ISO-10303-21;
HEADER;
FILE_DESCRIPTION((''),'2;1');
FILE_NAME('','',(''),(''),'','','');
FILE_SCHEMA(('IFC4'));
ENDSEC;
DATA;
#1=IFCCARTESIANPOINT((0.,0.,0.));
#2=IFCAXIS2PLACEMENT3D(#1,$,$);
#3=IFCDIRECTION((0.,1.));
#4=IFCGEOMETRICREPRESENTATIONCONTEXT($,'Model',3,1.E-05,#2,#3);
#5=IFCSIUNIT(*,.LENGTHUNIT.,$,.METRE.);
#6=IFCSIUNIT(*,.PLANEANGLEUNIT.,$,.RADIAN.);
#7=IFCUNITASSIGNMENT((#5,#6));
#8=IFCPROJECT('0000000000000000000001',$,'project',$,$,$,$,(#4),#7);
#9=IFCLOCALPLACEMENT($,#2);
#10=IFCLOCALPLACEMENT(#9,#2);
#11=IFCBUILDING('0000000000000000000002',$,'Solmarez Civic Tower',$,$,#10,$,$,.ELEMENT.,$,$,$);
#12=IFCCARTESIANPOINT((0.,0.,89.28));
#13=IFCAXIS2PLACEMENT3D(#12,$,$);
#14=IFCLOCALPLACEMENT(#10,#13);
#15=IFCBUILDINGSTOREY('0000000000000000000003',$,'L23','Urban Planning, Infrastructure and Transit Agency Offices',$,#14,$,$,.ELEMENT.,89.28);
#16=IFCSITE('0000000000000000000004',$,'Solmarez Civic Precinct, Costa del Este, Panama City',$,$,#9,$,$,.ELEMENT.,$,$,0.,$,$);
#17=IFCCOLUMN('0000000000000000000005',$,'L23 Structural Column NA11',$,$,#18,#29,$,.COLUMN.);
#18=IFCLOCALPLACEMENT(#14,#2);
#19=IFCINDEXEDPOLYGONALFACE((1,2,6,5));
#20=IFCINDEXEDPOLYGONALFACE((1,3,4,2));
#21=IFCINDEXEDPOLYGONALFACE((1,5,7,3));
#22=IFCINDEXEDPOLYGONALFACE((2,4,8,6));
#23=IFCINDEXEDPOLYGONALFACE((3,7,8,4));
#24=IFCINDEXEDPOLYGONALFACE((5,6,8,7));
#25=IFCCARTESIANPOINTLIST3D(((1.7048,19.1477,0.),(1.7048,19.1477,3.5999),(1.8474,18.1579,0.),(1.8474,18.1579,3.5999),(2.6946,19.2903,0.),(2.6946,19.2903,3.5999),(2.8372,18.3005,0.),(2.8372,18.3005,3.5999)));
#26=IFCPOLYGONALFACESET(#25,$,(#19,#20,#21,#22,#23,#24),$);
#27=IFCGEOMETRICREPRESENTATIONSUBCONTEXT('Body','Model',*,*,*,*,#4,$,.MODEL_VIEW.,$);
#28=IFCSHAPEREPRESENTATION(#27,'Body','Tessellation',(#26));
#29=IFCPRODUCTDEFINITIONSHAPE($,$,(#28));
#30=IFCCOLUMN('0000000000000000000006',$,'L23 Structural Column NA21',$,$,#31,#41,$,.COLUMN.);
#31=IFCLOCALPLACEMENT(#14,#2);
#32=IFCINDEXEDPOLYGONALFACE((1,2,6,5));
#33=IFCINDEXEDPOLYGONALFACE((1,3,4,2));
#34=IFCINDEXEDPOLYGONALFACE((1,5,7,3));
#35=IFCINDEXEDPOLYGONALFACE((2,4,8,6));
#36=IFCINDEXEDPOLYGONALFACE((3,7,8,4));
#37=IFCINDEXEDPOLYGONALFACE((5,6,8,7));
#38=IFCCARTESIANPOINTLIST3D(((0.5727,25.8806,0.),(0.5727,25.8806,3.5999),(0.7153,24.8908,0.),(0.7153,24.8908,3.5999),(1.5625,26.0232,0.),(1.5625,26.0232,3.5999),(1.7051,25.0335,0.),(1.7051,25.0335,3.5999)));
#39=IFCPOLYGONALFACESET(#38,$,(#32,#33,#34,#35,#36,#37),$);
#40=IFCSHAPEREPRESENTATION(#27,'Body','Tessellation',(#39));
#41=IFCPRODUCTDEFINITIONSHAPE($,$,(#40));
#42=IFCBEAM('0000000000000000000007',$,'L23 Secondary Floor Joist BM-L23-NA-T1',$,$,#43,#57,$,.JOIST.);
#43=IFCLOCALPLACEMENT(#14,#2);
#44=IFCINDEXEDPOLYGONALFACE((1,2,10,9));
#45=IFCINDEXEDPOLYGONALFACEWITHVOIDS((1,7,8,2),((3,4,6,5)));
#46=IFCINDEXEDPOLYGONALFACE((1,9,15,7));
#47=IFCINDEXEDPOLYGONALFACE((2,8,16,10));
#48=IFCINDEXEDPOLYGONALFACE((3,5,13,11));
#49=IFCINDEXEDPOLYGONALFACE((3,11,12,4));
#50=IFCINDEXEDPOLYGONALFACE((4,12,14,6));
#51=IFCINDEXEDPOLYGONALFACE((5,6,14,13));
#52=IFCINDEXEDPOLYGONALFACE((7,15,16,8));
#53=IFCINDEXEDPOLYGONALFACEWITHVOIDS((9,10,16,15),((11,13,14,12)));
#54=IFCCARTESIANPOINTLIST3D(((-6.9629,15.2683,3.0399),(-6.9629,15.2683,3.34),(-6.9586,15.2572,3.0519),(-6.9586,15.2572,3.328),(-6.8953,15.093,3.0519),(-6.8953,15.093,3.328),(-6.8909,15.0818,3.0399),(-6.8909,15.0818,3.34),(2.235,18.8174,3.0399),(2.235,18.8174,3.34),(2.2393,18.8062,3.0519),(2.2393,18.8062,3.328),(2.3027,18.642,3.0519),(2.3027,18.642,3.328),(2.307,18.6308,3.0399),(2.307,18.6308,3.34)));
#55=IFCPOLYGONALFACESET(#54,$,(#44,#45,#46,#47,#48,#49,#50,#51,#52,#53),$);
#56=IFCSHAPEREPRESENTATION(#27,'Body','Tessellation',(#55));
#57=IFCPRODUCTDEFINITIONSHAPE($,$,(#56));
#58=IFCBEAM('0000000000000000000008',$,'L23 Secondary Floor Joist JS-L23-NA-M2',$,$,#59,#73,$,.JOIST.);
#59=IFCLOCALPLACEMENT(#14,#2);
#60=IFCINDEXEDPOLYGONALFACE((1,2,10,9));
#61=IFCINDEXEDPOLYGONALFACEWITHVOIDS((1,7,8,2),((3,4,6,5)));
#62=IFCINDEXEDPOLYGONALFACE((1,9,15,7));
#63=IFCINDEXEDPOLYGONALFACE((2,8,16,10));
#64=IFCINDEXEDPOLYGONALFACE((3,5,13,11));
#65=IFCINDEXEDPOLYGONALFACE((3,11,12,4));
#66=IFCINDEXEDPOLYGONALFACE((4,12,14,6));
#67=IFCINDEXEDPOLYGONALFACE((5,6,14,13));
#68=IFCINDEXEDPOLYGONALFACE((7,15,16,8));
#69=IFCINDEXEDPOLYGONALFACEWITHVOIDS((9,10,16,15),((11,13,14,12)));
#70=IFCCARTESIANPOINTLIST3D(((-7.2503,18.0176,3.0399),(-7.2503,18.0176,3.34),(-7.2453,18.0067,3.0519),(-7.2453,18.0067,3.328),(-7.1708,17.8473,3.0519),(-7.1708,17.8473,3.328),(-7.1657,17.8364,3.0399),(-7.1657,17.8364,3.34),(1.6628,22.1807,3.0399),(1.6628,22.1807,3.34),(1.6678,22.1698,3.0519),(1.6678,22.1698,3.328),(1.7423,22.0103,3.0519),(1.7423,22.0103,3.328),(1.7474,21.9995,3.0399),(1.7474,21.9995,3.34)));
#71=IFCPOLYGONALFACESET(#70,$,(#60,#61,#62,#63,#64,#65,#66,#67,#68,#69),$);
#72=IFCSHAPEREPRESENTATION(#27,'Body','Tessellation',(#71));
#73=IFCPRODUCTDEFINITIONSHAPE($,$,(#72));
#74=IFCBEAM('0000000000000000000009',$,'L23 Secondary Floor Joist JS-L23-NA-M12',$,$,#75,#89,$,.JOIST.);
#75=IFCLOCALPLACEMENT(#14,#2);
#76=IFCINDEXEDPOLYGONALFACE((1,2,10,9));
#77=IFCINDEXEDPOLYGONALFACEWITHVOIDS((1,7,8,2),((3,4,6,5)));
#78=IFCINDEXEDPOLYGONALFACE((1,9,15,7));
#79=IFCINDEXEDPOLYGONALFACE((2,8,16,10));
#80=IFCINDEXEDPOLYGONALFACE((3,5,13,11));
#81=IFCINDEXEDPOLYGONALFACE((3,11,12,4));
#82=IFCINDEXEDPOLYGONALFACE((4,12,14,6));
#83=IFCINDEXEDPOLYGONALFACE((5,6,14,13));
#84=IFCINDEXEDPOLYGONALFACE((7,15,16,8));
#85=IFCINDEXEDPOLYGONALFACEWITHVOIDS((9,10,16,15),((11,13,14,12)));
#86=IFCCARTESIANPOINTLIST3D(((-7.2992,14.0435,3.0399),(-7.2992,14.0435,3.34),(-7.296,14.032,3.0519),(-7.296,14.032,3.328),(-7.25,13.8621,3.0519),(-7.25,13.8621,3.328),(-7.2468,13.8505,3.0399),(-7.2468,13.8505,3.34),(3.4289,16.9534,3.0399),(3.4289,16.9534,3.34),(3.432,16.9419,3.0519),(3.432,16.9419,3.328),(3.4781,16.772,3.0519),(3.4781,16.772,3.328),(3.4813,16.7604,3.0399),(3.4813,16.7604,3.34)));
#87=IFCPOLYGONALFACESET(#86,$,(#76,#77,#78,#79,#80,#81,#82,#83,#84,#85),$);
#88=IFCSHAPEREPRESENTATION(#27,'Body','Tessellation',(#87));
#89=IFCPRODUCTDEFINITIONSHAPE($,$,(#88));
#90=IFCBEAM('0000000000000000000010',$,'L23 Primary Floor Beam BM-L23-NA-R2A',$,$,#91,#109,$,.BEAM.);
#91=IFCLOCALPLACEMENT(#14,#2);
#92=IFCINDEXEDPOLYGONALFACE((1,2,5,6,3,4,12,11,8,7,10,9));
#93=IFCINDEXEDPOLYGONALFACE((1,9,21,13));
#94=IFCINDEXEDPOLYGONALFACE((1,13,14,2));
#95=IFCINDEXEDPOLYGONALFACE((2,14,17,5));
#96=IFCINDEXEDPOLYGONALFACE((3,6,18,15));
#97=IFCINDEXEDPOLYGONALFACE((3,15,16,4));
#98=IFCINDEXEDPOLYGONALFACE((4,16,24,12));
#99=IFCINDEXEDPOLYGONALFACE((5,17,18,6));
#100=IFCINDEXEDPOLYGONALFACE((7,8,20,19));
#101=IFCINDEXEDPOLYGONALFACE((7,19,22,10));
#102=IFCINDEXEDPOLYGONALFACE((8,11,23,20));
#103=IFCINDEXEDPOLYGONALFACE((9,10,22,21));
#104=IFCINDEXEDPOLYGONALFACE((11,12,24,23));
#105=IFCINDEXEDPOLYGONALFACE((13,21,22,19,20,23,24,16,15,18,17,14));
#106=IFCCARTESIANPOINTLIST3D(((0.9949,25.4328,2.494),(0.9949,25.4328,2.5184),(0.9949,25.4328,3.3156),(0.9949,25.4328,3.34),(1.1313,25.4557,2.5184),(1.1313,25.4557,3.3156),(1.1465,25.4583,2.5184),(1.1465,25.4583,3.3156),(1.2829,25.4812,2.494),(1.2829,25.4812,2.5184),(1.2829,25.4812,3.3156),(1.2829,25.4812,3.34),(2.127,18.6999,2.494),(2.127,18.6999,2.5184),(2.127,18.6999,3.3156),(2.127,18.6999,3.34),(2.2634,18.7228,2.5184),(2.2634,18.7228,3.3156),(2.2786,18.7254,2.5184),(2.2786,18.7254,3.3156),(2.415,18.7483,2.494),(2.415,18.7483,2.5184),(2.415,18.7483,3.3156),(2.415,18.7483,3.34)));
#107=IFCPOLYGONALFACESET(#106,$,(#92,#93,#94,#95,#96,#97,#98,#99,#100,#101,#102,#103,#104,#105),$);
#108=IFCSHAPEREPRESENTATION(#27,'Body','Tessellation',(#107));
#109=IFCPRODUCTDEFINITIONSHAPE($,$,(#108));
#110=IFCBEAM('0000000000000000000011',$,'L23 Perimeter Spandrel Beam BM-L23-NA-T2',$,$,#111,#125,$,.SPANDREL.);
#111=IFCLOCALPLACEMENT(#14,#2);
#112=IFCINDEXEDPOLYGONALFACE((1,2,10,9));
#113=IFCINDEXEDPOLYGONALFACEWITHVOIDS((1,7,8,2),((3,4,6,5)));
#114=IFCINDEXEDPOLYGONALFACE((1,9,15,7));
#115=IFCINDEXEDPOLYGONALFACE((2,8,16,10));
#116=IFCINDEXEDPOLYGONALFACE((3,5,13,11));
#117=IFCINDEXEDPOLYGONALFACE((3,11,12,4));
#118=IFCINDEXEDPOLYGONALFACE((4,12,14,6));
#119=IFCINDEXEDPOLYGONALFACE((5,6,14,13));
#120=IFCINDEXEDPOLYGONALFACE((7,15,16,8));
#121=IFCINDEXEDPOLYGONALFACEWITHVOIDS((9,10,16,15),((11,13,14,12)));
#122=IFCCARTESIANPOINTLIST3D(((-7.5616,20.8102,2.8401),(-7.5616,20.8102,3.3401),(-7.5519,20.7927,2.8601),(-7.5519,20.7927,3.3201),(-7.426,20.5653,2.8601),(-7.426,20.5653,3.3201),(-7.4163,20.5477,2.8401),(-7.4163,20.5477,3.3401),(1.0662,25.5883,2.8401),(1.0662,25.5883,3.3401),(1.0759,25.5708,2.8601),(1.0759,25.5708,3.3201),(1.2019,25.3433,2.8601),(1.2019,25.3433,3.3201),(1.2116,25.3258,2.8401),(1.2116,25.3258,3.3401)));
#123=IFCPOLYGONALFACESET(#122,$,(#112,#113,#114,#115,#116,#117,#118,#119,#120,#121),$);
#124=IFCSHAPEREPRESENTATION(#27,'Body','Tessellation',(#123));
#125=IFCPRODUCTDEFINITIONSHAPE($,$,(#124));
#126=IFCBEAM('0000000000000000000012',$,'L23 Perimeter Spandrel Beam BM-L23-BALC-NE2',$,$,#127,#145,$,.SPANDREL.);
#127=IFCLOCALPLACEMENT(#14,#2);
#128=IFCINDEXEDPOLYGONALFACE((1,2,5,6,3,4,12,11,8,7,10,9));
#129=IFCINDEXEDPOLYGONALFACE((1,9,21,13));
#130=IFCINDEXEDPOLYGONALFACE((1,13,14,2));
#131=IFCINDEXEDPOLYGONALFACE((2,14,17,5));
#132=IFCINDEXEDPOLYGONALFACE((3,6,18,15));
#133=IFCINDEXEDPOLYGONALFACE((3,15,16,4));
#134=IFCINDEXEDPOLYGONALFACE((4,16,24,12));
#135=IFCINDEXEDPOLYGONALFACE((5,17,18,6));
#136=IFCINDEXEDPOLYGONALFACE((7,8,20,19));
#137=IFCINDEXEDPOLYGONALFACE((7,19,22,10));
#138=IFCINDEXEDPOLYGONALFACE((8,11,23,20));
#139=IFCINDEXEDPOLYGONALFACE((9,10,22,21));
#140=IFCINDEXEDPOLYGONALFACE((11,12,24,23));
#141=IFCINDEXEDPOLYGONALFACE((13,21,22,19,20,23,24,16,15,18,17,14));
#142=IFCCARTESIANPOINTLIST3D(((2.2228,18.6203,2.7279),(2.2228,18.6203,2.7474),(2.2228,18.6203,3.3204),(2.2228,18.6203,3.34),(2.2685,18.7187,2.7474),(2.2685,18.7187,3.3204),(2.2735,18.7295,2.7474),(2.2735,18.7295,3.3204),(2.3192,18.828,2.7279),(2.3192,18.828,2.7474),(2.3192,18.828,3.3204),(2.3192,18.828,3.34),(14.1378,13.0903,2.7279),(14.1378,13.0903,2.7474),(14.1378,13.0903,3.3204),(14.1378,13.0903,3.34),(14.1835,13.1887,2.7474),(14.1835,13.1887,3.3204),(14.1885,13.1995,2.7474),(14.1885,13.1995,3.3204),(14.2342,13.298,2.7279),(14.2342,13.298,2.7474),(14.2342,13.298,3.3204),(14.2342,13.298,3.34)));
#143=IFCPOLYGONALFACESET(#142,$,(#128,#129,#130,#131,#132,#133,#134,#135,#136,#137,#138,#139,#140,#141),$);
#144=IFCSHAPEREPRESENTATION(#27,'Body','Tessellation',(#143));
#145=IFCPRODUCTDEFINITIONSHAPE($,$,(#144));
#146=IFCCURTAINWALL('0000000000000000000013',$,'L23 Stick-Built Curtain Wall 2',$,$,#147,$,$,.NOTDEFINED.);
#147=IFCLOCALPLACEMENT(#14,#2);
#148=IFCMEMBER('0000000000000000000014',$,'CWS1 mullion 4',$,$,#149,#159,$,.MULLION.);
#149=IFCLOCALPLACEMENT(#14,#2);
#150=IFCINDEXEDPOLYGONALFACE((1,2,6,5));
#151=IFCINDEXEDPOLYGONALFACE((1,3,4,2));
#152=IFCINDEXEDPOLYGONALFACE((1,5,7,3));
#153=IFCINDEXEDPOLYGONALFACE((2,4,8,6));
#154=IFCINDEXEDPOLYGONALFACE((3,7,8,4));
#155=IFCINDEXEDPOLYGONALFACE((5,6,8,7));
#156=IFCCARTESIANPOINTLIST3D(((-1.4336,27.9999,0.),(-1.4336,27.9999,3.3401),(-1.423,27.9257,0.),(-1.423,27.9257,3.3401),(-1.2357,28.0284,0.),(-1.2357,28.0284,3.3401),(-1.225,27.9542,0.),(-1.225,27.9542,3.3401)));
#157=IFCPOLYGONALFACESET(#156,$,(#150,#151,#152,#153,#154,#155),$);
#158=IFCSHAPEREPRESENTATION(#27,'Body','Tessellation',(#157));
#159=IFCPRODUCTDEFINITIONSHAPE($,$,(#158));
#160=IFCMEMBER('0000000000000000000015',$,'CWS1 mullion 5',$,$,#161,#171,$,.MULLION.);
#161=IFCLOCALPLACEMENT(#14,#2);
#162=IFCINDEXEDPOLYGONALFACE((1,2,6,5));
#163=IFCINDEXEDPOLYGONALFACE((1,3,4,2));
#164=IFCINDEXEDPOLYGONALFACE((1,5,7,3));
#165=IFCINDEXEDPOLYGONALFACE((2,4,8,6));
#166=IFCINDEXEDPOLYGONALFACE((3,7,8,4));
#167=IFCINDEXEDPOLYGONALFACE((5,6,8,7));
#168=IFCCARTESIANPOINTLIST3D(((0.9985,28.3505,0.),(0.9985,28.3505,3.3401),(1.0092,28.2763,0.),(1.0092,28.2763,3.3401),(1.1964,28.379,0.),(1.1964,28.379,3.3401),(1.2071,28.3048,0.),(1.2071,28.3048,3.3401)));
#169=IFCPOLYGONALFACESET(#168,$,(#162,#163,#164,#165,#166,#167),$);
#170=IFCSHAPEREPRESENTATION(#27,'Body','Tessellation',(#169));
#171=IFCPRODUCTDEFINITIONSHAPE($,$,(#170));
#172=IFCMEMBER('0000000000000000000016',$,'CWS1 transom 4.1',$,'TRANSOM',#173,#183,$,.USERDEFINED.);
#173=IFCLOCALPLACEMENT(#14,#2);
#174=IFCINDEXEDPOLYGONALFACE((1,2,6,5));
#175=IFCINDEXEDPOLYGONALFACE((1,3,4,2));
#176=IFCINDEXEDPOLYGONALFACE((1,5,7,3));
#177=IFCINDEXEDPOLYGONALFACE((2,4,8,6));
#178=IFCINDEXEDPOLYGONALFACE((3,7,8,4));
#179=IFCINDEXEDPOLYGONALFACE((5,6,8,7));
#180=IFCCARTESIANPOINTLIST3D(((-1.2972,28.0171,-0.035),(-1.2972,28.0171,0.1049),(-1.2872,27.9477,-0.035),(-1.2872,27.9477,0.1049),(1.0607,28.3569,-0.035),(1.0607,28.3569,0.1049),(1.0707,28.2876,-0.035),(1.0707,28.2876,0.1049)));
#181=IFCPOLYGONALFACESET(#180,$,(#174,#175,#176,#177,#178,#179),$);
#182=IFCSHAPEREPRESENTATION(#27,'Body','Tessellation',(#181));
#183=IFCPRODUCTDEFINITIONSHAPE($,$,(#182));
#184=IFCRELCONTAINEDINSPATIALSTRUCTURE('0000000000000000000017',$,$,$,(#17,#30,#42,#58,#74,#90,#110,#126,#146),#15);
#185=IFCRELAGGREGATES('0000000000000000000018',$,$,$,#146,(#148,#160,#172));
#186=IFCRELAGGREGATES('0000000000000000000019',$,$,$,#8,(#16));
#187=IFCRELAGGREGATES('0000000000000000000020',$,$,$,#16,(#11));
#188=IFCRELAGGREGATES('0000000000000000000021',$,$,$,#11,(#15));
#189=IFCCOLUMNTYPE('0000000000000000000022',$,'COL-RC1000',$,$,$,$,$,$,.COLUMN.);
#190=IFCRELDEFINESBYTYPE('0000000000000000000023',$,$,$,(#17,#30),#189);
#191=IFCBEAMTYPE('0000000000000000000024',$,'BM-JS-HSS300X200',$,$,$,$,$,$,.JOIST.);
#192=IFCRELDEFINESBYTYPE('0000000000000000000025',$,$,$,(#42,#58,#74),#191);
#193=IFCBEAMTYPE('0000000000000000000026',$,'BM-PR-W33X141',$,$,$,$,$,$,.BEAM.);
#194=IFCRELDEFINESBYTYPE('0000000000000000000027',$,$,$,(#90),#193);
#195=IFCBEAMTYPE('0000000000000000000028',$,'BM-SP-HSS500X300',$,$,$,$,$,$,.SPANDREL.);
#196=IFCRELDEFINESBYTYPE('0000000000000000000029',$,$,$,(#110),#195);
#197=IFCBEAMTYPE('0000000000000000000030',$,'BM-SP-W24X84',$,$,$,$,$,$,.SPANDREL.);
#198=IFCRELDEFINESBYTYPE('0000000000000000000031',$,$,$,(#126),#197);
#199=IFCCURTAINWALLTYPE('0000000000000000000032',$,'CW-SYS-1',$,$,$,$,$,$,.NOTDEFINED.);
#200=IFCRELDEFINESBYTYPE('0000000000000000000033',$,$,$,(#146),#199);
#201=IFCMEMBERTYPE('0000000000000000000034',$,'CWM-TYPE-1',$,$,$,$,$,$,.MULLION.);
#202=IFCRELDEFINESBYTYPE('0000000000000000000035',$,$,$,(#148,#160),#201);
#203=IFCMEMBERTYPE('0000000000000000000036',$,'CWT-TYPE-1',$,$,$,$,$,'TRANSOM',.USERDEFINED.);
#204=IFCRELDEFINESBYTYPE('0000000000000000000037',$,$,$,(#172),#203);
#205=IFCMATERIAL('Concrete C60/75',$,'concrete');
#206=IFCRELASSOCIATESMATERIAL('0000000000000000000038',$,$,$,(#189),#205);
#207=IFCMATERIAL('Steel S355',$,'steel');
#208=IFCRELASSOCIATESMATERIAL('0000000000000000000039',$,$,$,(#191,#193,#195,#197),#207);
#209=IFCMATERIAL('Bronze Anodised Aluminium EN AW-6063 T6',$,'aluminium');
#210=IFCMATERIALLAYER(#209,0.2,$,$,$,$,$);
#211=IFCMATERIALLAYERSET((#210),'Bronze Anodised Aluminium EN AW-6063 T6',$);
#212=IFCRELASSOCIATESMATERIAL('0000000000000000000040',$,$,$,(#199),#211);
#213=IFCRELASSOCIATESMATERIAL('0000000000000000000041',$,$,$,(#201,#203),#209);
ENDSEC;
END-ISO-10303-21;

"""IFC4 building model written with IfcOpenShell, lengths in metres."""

from ifc_helpers import new_model, si_unit, direction, frame, origin, origin_2d, place, context, subcontext, project, spatial, rectangle, hollow_rectangle, i_section, extrude, material, layer, layer_set, material_profile, profile_set, type_object, element, aggregate, save


model = new_model("IFC4")

# Units and contexts
model_context = context("Model", 3, precision=1e-05, world=origin(), true_north=direction((0.0, 1.0)))
body_context = subcontext(model_context, "Body", "Model", "MODEL_VIEW")
ifc_project = project(units=[si_unit("LENGTHUNIT", "METRE"), si_unit("PLANEANGLEUNIT", "RADIAN")], contexts=[model_context])

# Site, building, storey
site_placement = place(None, origin())
site = spatial("IfcSite", under=ifc_project, at=site_placement, Name="Solmarez Civic Precinct, Costa del Este, Panama City", CompositionType="ELEMENT", RefElevation=0.0)
building_placement = place(site_placement, origin())
building = spatial("IfcBuilding", under=site, at=building_placement, Name="Solmarez Civic Tower", CompositionType="ELEMENT")
storey_placement = place(building_placement, frame((0.0, 0.0, 89.28)))
storey = spatial("IfcBuildingStorey", under=building, at=storey_placement, Name="L23", Description="Urban Planning, Infrastructure and Transit Agency Offices", CompositionType="ELEMENT", Elevation=89.28)

# Columns
ifc_material_1 = material(Name="Concrete C60/75", Category="concrete")
ifc_material_profile_1 = material_profile(ifc_material_1, rectangle(XDim=1.0, YDim=1.0, at=origin_2d()), Name="RC1000X1000")
ifc_profile_set_1 = profile_set([ifc_material_profile_1], Name="Concrete C60/75")
column_type = type_object("IfcColumnType", Name="COL-RC1000", PredefinedType="COLUMN", material=ifc_profile_set_1)
for number, where, z_axis, x_axis, name in (
    (1, (2.271, 18.7241, 0.0), (0.0, 0.0, 1.0), (0.989776, 0.142629, 0.0), "L23 Structural Column NA11"),
    (2, (1.1389, 25.457, 0.0), (0.0, 0.0, 1.0), (0.989776, 0.142629, 0.0), "L23 Structural Column NA21"),
):
    element("IfcColumn", number, at=place(storey_placement, frame(where, z_axis=z_axis, x_axis=x_axis)), inside=storey, type_object=column_type, Name=name, PredefinedType="COLUMN", context=body_context, shape_type="SweptSolid", body=[
        extrude(rectangle(XDim=1.0, YDim=1.0, at=origin_2d()), origin(), (0.0, 0.0, 1.0), 3.5999),
    ])

# Beams
ifc_material_2 = material(Name="Steel S355", Category="steel")
ifc_material_profile_2 = material_profile(ifc_material_2, hollow_rectangle(XDim=0.2, YDim=0.3, WallThickness=0.012, at=origin_2d()), Name="HSS300X200X12")
ifc_profile_set_2 = profile_set([ifc_material_profile_2], Name="Steel S355")
beam_type_1 = type_object("IfcBeamType", Name="BM-JS-HSS300X200", PredefinedType="JOIST", material=ifc_profile_set_2)
beam_1_placement = place(storey_placement, frame((2.271, 18.7241, 3.1899), z_axis=(-0.932958, -0.359984, 0.0), x_axis=(0.359984, -0.932958, 0.0)))
element("IfcBeam", 3, at=beam_1_placement, inside=storey, type_object=beam_type_1, Name="L23 Secondary Floor Joist BM-L23-NA-T1", PredefinedType="JOIST", context=body_context, shape_type="SweptSolid", body=[
    extrude(hollow_rectangle(XDim=0.2, YDim=0.3, WallThickness=0.012, at=origin_2d()), origin(), (0.0, 0.0, 1.0), 9.8589),
])
beam_2_placement = place(storey_placement, frame((1.7051, 22.0901, 3.1899), z_axis=(-0.906041, -0.42319, 0.0), x_axis=(0.42319, -0.906041, 0.0)))
element("IfcBeam", 4, at=beam_2_placement, inside=storey, type_object=beam_type_1, Name="L23 Secondary Floor Joist JS-L23-NA-M2", PredefinedType="JOIST", context=body_context, shape_type="SweptSolid", body=[
    extrude(hollow_rectangle(XDim=0.2, YDim=0.3, WallThickness=0.012, at=origin_2d()), origin(), (0.0, 0.0, 1.0), 9.8374),
])
beam_3_placement = place(storey_placement, frame((3.4551, 16.8569, 3.1899), z_axis=(-0.965126, -0.261785, 0.0), x_axis=(0.261785, -0.965126, 0.0)))
element("IfcBeam", 5, at=beam_3_placement, inside=storey, type_object=beam_type_1, Name="L23 Secondary Floor Joist JS-L23-NA-M12", PredefinedType="JOIST", context=body_context, shape_type="SweptSolid", body=[
    extrude(hollow_rectangle(XDim=0.2, YDim=0.3, WallThickness=0.012, at=origin_2d()), origin(), (0.0, 0.0, 1.0), 11.1157),
])
ifc_material_profile_3 = material_profile(ifc_material_2, i_section(OverallWidth=0.292, OverallDepth=0.8459, WebThickness=0.0154, FlangeThickness=0.0244, at=origin_2d()), Name="W33X141")
ifc_profile_set_3 = profile_set([ifc_material_profile_3], Name="Steel S355")
beam_type_2 = type_object("IfcBeamType", Name="BM-PR-W33X141", PredefinedType="BEAM", material=ifc_profile_set_3)
beam_4_placement = place(storey_placement, frame((2.271, 18.7241, 2.917), z_axis=(-0.165814, 0.986157, 0.0), x_axis=(-0.986157, -0.165814, 0.0)))
element("IfcBeam", 6, at=beam_4_placement, inside=storey, type_object=beam_type_2, Name="L23 Primary Floor Beam BM-L23-NA-R2A", PredefinedType="BEAM", context=body_context, shape_type="SweptSolid", body=[
    extrude(i_section(OverallWidth=0.292, OverallDepth=0.8459, WebThickness=0.0154, FlangeThickness=0.0244, at=origin_2d()), origin(), (0.0, 0.0, 1.0), 6.8274),
])
ifc_material_profile_4 = material_profile(ifc_material_2, hollow_rectangle(XDim=0.3, YDim=0.5, WallThickness=0.02, at=origin_2d()), Name="HSS500X300X20")
ifc_profile_set_4 = profile_set([ifc_material_profile_4], Name="Steel S355")
beam_type_3 = type_object("IfcBeamType", Name="BM-SP-HSS500X300", PredefinedType="SPANDREL", material=ifc_profile_set_4)
beam_5_placement = place(storey_placement, frame((1.1389, 25.457, 3.0901), z_axis=(-0.874812, -0.484463, 0.0), x_axis=(0.484463, -0.874812, 0.0)))
element("IfcBeam", 7, at=beam_5_placement, inside=storey, type_object=beam_type_3, Name="L23 Perimeter Spandrel Beam BM-L23-NA-T2", PredefinedType="SPANDREL", context=body_context, shape_type="SweptSolid", body=[
    extrude(hollow_rectangle(XDim=0.3, YDim=0.5, WallThickness=0.02, at=origin_2d()), origin(), (0.0, 0.0, 1.0), 9.8625),
])
ifc_material_profile_5 = material_profile(ifc_material_2, i_section(OverallWidth=0.229, OverallDepth=0.6121, WebThickness=0.012, FlangeThickness=0.0195, at=origin_2d()), Name="W24X84")
ifc_profile_set_5 = profile_set([ifc_material_profile_5], Name="Steel S355")
beam_type_4 = type_object("IfcBeamType", Name="BM-SP-W24X84", PredefinedType="SPANDREL", material=ifc_profile_set_5)
beam_6_placement = place(storey_placement, frame((2.271, 18.7241, 3.0339), z_axis=(0.907066, -0.420989, 0.0), x_axis=(0.420989, 0.907066, 0.0)))
element("IfcBeam", 8, at=beam_6_placement, inside=storey, type_object=beam_type_4, Name="L23 Perimeter Spandrel Beam BM-L23-BALC-NE2", PredefinedType="SPANDREL", context=body_context, shape_type="SweptSolid", body=[
    extrude(i_section(OverallWidth=0.229, OverallDepth=0.6121, WebThickness=0.012, FlangeThickness=0.0195, at=origin_2d()), origin(), (0.0, 0.0, 1.0), 13.1357),
])

# Curtain wall, members
ifc_material_3 = material(Name="Bronze Anodised Aluminium EN AW-6063 T6", Category="aluminium")
ifc_layer_1 = layer(ifc_material_3, 0.2)
ifc_layer_set_1 = layer_set([ifc_layer_1], Name="Bronze Anodised Aluminium EN AW-6063 T6")
curtain_wall_type = type_object("IfcCurtainWallType", Name="CW-SYS-1", PredefinedType="NOTDEFINED", material=ifc_layer_set_1)
curtain_wall_placement = place(storey_placement, origin())
curtain_wall = element("IfcCurtainWall", 9, at=curtain_wall_placement, inside=storey, type_object=curtain_wall_type, Name="L23 Stick-Built Curtain Wall 2", PredefinedType="NOTDEFINED")
ifc_material_profile_6 = material_profile(ifc_material_3, rectangle(XDim=0.075, YDim=0.2, at=origin_2d()), Name="CWM-75X200")
ifc_profile_set_6 = profile_set([ifc_material_profile_6], Name="Bronze Anodised Aluminium EN AW-6063 T6")
member_type_1 = type_object("IfcMemberType", Name="CWM-TYPE-1", PredefinedType="MULLION", material=ifc_profile_set_6)
member_1_placement = place(storey_placement, frame((-1.3293, 27.9771, 0.0), z_axis=(0.0, 0.0, 1.0), x_axis=(-0.142698, 0.989766, 0.0)))
member_1 = element("IfcMember", 10, at=member_1_placement, type_object=member_type_1, Name="CWS1 mullion 4", PredefinedType="MULLION", context=body_context, shape_type="SweptSolid", body=[
    extrude(rectangle(XDim=0.075, YDim=0.2, at=origin_2d()), origin(), (0.0, 0.0, 1.0), 3.3401),
])
member_2_placement = place(storey_placement, frame((1.1028, 28.3276, 0.0), z_axis=(0.0, 0.0, 1.0), x_axis=(-0.142698, 0.989766, 0.0)))
member_2 = element("IfcMember", 11, at=member_2_placement, type_object=member_type_1, Name="CWS1 mullion 5", PredefinedType="MULLION", context=body_context, shape_type="SweptSolid", body=[
    extrude(rectangle(XDim=0.075, YDim=0.2, at=origin_2d()), origin(), (0.0, 0.0, 1.0), 3.3401),
])
ifc_material_profile_7 = material_profile(ifc_material_3, rectangle(XDim=0.0701, YDim=0.1399, at=origin_2d()), Name="CWT-70X140")
ifc_profile_set_7 = profile_set([ifc_material_profile_7], Name="Bronze Anodised Aluminium EN AW-6063 T6")
member_type_2 = type_object("IfcMemberType", Name="CWT-TYPE-1", ElementType="TRANSOM", PredefinedType="USERDEFINED", material=ifc_profile_set_7)
member_3_placement = place(storey_placement, frame((-1.2922, 27.9824, 0.0349), z_axis=(0.989772, 0.142655, 0.0), x_axis=(-0.142655, 0.989772, 0.0)))
member_3 = element("IfcMember", 12, at=member_3_placement, type_object=member_type_2, Name="CWS1 transom 4.1", ObjectType="TRANSOM", PredefinedType="USERDEFINED", context=body_context, shape_type="SweptSolid", body=[
    extrude(rectangle(XDim=0.0701, YDim=0.1399, at=origin_2d()), origin(), (0.0, 0.0, 1.0), 2.3823),
])
aggregate(curtain_wall, [member_1, member_2, member_3])

save(model, "model.ifc")
